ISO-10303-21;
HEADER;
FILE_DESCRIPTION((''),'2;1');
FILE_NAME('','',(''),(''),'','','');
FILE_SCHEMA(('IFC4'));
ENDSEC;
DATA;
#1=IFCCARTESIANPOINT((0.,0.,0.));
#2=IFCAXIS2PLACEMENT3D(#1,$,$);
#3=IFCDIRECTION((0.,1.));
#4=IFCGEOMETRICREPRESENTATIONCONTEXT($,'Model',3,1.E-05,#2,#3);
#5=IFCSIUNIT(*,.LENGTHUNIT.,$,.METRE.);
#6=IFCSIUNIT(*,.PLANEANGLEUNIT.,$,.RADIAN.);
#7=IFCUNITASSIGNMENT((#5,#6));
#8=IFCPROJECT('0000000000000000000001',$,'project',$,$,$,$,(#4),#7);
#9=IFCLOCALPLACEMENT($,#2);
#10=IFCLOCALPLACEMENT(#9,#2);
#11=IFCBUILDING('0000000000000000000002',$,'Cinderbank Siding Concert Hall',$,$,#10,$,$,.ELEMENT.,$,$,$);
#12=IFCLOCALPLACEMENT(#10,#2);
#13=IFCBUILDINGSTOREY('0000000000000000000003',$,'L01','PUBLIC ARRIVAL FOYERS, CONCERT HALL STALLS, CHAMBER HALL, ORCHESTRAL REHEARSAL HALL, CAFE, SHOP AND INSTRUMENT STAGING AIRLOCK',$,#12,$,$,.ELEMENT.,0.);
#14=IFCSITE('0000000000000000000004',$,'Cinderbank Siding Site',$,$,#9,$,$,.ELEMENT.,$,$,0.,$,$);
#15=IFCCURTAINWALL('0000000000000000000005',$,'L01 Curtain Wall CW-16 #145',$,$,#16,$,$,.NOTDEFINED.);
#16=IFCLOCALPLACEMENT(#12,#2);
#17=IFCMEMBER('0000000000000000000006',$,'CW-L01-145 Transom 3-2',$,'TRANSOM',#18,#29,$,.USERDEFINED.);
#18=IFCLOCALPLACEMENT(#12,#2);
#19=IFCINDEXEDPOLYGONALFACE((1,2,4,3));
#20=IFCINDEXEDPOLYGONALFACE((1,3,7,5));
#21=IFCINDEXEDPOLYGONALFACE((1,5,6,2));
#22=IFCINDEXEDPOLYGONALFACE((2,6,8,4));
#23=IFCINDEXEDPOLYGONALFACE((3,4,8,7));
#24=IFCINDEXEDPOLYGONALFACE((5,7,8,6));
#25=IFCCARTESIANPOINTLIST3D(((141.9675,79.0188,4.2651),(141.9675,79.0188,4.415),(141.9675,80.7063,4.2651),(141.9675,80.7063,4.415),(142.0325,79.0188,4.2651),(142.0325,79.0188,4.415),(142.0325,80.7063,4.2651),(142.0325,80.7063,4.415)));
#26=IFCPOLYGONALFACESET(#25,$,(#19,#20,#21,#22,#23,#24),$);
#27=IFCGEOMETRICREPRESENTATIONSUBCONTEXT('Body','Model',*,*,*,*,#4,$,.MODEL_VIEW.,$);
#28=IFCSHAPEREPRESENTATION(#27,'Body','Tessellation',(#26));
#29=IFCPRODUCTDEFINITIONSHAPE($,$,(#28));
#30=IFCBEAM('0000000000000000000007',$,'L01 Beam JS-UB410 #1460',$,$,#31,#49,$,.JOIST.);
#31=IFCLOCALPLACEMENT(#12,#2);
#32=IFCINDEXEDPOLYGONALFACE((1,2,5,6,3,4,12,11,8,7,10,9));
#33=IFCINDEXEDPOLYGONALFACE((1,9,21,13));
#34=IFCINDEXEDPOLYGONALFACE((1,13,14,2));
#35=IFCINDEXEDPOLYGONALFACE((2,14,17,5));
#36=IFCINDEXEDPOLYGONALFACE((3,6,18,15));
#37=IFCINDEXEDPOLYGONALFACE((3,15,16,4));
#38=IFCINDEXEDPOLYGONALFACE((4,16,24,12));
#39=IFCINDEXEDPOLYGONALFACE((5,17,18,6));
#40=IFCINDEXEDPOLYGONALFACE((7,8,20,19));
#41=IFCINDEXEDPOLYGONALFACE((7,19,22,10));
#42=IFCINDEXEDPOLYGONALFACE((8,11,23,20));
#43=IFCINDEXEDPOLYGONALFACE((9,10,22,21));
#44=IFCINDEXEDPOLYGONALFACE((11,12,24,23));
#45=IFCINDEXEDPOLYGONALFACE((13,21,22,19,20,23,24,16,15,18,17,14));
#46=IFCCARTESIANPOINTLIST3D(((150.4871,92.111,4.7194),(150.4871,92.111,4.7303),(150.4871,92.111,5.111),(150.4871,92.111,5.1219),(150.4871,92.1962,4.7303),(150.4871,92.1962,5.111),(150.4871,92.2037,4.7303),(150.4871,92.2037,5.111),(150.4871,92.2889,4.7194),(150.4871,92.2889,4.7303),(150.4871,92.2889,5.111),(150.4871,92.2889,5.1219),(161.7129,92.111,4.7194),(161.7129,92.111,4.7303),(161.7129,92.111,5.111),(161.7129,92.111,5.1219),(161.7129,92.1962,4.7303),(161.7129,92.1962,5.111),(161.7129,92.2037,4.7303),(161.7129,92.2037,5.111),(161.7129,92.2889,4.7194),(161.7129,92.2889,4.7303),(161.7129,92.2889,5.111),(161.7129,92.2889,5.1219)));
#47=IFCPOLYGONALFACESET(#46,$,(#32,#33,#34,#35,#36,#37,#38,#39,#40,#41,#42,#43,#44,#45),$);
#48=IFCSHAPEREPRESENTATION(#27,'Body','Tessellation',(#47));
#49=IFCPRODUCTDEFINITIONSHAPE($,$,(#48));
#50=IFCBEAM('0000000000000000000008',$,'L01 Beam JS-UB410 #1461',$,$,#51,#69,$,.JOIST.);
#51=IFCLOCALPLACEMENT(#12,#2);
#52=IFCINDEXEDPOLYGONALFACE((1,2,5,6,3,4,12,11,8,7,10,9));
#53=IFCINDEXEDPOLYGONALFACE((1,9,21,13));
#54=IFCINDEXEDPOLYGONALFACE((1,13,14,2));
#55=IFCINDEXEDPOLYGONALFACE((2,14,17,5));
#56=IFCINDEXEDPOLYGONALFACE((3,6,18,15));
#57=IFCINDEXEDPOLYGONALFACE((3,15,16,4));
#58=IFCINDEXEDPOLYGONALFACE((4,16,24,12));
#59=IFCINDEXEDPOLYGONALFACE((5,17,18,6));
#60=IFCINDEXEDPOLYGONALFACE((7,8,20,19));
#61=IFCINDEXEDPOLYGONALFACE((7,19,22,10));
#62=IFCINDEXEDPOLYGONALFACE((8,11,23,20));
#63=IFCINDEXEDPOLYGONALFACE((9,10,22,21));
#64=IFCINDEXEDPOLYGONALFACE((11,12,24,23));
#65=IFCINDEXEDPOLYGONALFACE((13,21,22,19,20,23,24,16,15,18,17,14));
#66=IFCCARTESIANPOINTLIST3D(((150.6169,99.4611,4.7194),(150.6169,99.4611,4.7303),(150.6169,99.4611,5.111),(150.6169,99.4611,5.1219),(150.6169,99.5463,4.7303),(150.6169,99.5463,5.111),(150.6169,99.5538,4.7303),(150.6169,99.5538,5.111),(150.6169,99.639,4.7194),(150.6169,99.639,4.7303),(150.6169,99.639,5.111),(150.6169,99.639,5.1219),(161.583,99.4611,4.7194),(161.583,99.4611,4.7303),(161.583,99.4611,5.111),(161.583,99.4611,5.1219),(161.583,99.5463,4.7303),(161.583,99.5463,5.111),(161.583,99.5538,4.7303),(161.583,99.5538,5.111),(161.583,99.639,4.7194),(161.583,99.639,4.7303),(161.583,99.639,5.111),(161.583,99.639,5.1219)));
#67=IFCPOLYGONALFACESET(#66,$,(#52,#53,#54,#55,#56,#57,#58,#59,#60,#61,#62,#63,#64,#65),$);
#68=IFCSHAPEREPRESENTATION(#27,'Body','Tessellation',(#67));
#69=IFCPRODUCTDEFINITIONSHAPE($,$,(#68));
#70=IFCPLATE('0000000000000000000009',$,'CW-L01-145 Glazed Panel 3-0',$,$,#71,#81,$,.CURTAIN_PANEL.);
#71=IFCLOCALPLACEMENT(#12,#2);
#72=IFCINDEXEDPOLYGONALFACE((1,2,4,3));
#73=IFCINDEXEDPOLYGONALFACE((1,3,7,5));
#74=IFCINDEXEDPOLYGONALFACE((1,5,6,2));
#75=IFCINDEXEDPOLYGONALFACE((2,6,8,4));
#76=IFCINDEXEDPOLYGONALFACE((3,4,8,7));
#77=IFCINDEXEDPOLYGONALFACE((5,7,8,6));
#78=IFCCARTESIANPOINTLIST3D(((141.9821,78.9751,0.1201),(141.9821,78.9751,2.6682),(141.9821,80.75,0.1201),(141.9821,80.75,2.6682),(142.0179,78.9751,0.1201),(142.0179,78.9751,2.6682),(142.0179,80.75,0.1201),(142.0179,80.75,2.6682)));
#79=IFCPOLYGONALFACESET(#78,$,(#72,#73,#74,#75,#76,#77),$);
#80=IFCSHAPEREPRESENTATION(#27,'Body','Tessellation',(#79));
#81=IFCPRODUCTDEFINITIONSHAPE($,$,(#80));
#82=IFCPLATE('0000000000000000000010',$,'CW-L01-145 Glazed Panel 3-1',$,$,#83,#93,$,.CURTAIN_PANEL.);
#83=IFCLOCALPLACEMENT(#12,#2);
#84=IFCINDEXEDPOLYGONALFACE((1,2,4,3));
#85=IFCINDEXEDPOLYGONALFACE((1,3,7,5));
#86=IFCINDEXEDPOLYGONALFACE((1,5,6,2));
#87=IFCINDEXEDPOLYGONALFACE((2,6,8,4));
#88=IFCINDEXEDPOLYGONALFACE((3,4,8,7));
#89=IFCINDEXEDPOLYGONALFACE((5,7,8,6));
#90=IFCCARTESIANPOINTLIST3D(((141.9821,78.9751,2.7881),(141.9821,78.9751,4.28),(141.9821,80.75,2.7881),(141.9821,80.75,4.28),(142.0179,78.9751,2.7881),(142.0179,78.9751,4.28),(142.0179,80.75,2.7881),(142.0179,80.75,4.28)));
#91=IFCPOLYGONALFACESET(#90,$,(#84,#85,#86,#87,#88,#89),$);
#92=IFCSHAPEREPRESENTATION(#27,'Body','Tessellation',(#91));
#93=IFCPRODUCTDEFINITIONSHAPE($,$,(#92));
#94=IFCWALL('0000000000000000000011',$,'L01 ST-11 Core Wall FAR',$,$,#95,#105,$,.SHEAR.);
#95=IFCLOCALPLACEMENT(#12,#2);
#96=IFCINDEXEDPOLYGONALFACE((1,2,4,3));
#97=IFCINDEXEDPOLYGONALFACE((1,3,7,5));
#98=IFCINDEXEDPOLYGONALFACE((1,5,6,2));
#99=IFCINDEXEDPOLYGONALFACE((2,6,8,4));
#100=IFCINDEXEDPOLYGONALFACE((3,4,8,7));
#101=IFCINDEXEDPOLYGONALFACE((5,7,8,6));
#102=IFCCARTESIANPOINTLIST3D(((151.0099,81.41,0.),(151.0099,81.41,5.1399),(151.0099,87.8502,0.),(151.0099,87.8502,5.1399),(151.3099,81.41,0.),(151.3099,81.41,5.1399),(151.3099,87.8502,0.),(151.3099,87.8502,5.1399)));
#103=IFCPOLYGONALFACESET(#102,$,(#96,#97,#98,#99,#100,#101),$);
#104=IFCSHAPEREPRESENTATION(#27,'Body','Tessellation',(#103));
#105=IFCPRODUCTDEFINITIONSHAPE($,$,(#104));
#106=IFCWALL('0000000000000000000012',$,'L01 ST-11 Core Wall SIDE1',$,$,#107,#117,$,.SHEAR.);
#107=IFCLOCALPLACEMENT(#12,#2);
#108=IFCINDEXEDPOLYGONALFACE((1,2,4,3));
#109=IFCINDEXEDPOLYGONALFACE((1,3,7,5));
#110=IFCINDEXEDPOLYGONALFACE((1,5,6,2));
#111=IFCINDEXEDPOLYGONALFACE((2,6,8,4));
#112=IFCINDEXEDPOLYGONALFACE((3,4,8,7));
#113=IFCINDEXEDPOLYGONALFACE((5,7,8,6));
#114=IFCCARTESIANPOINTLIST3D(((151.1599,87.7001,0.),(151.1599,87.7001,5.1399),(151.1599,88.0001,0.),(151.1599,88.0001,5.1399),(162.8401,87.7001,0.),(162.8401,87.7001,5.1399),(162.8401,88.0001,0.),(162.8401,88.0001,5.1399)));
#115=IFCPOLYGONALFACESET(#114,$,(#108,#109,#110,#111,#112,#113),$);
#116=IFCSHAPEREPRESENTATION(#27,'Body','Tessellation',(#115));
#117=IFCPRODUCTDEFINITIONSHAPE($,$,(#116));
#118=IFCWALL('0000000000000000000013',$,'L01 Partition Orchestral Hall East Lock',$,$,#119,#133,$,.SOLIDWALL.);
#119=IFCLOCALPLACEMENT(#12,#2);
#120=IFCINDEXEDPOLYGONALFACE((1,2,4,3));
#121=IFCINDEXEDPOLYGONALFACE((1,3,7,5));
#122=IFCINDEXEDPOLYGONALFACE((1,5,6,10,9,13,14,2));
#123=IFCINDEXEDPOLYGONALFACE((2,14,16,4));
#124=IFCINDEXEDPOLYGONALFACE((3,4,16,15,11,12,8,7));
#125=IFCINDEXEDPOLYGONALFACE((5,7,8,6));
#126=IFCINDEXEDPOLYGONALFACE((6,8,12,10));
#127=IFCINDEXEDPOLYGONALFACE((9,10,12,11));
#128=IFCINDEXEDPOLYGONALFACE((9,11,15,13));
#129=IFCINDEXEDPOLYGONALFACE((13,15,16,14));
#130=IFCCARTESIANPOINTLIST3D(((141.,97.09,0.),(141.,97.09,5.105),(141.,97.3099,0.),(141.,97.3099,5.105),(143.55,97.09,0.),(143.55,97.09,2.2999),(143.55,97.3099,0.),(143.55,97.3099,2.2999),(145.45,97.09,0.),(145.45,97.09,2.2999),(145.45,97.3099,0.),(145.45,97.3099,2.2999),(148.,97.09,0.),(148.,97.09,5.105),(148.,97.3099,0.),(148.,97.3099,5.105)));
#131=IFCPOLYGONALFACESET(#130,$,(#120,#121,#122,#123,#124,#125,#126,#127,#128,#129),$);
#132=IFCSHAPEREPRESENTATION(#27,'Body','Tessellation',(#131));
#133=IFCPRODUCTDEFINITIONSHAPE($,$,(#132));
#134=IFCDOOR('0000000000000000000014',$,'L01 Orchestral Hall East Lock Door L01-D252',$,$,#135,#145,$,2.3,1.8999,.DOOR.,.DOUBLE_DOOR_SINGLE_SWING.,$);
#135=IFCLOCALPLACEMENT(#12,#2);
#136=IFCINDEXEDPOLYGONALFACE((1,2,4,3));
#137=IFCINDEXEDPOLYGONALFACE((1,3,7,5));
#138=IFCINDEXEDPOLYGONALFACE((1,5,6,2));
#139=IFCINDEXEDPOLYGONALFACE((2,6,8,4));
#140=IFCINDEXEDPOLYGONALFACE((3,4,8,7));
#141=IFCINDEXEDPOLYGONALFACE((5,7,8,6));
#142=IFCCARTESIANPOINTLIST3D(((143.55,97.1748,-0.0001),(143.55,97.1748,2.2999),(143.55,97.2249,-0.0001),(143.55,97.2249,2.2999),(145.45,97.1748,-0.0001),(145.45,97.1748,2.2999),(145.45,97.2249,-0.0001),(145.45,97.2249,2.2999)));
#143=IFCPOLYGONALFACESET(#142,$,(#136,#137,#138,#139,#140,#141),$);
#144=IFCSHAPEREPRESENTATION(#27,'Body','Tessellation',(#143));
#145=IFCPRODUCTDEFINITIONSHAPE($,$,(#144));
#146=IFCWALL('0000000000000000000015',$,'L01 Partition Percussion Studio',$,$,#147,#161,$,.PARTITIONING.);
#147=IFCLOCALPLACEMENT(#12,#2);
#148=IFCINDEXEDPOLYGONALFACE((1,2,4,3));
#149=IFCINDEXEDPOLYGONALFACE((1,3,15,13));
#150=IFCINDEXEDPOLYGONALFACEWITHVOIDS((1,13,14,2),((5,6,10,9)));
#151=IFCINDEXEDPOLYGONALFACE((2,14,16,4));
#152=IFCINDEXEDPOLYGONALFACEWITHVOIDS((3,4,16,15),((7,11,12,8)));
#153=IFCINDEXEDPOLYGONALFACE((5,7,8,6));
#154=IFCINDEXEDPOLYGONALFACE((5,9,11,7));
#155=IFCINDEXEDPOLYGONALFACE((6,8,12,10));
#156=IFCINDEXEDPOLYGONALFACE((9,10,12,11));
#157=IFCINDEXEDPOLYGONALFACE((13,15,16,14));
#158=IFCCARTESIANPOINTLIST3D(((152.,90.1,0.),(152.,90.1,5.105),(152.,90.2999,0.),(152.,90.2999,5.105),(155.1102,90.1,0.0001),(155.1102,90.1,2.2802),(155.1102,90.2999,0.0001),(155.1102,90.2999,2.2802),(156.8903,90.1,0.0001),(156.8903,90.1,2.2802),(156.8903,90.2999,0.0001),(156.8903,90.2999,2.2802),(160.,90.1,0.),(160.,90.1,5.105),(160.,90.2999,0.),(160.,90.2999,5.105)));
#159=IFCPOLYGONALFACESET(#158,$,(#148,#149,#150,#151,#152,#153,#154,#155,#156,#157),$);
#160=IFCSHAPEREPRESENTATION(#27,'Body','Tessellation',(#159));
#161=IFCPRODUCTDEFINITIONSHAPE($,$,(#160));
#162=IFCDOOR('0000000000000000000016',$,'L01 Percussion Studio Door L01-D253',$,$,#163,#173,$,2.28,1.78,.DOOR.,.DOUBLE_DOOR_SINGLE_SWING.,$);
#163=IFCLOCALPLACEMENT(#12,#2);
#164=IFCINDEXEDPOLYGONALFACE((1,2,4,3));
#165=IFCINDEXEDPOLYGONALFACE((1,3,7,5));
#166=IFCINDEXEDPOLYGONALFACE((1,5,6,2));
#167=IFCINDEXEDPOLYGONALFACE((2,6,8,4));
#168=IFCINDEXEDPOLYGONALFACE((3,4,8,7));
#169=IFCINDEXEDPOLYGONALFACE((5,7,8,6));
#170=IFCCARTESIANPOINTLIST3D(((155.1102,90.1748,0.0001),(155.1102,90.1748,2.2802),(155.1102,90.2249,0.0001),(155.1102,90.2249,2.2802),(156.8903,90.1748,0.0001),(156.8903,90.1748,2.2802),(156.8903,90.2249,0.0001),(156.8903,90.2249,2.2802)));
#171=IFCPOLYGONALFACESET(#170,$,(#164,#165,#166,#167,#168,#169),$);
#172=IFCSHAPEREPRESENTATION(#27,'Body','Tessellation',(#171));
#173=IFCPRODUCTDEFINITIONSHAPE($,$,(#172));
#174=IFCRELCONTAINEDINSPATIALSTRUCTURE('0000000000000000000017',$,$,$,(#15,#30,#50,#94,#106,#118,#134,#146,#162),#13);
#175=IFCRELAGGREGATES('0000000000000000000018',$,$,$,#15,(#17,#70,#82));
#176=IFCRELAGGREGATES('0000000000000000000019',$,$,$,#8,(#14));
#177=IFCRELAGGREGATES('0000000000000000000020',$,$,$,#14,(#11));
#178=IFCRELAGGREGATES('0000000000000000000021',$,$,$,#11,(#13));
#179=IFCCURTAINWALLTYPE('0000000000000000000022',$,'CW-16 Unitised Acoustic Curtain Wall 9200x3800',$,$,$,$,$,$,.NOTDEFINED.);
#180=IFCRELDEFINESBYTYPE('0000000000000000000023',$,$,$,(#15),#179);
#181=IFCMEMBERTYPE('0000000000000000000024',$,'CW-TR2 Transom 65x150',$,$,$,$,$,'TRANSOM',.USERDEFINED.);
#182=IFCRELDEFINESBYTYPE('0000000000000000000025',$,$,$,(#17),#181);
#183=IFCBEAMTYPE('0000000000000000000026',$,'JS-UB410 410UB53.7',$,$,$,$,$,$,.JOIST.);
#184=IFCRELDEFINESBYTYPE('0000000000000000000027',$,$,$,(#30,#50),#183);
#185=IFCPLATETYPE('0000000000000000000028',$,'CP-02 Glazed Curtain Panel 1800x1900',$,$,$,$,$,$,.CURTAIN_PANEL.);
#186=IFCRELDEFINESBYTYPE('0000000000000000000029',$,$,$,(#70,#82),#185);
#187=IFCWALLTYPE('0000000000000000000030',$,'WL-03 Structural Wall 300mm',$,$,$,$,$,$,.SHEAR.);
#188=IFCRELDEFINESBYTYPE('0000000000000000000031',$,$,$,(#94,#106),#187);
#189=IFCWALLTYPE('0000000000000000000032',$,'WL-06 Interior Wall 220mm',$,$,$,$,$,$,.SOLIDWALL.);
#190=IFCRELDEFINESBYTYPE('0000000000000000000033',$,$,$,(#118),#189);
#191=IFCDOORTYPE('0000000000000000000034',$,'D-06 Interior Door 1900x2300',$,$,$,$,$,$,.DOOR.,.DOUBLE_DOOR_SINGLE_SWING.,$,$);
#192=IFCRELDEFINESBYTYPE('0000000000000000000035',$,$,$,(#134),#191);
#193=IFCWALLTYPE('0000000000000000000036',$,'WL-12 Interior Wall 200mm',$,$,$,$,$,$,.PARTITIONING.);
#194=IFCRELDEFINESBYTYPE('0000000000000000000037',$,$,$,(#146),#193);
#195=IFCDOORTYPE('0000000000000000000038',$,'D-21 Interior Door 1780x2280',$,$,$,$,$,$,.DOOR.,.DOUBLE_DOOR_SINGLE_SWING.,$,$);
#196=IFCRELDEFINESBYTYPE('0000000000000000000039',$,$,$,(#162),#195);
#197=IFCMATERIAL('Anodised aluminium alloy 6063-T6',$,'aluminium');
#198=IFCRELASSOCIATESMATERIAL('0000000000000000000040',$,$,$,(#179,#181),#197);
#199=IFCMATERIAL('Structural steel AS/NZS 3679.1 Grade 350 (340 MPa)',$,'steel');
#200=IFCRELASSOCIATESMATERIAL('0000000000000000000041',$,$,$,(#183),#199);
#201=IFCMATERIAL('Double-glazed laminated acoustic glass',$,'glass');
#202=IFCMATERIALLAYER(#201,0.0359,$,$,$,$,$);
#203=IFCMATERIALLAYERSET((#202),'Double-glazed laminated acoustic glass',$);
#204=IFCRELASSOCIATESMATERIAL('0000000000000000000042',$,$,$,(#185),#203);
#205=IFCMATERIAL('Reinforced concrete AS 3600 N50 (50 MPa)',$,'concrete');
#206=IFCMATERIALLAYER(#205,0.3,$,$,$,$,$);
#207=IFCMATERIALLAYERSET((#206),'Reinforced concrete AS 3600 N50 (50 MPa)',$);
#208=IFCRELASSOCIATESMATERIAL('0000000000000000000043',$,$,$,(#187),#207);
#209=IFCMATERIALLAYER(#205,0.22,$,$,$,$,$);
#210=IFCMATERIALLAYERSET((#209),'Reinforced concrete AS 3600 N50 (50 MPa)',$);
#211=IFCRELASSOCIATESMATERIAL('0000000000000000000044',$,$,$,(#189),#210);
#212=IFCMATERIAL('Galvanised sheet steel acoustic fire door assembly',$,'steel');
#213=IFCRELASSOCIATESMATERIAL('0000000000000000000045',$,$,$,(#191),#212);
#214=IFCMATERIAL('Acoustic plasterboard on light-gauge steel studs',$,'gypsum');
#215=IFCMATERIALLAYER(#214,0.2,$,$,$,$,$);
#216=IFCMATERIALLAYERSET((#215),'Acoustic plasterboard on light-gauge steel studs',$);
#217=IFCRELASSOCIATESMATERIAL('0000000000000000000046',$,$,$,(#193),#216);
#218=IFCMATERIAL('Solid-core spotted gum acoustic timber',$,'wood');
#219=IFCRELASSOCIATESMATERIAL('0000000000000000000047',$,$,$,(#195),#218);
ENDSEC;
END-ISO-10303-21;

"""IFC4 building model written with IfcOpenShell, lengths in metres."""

from ifc_helpers import new_model, si_unit, direction, frame, frame_2d, origin, origin_2d, place, context, subcontext, project, spatial, rectangle, i_section, extrude, material, layer, layer_set, material_profile, profile_set, type_object, element, fill, aggregate, save


model = new_model("IFC4")

# Units and contexts
model_context = context("Model", 3, precision=1e-05, world=origin(), true_north=direction((0.0, 1.0)))
body_context = subcontext(model_context, "Body", "Model", "MODEL_VIEW")
ifc_project = project(units=[si_unit("LENGTHUNIT", "METRE"), si_unit("PLANEANGLEUNIT", "RADIAN")], contexts=[model_context])

# Site, building, storey
site_placement = place(None, origin())
site = spatial("IfcSite", under=ifc_project, at=site_placement, Name="Cinderbank Siding Site", CompositionType="ELEMENT", RefElevation=0.0)
building_placement = place(site_placement, origin())
building = spatial("IfcBuilding", under=site, at=building_placement, Name="Cinderbank Siding Concert Hall", CompositionType="ELEMENT")
storey_placement = place(building_placement, origin())
storey = spatial("IfcBuildingStorey", under=building, at=storey_placement, Name="L01", Description="PUBLIC ARRIVAL FOYERS, CONCERT HALL STALLS, CHAMBER HALL, ORCHESTRAL REHEARSAL HALL, CAFE, SHOP AND INSTRUMENT STAGING AIRLOCK", CompositionType="ELEMENT", Elevation=0.0)

# Shared definitions
ifc_material_1 = material(Name="Reinforced concrete AS 3600 N50 (50 MPa)", Category="concrete")

# Shared definitions
ifc_material_2 = material(Name="Structural steel AS/NZS 3679.1 Grade 350 (340 MPa)", Category="steel")

# Curtain wall, member
ifc_material_3 = material(Name="Anodised aluminium alloy 6063-T6", Category="aluminium")
curtain_wall_type = type_object("IfcCurtainWallType", Name="CW-16 Unitised Acoustic Curtain Wall 9200x3800", PredefinedType="NOTDEFINED", material=ifc_material_3)
curtain_wall_placement = place(storey_placement, origin())
curtain_wall = element("IfcCurtainWall", 1, at=curtain_wall_placement, inside=storey, type_object=curtain_wall_type, Name="L01 Curtain Wall CW-16 #145", PredefinedType="NOTDEFINED")
ifc_material_profile_1 = material_profile(ifc_material_3, rectangle(XDim=0.0649, YDim=0.1499, at=origin_2d()), Name="ALU-TRAN-65x150", Category="LoadBearing")
ifc_profile_set_1 = profile_set([ifc_material_profile_1], Name="Anodised aluminium alloy 6063-T6")
member_type_1 = type_object("IfcMemberType", Name="CW-TR2 Transom 65x150", ElementType="TRANSOM", PredefinedType="USERDEFINED", material=ifc_profile_set_1)
member_1_placement = place(storey_placement, frame((142.0, 79.0188, 4.3401), z_axis=(0.0, 1.0, 0.0), x_axis=(-1.0, 0.0, 0.0)))
member_1 = element("IfcMember", 2, at=member_1_placement, type_object=member_type_1, Name="CW-L01-145 Transom 3-2", ObjectType="TRANSOM", PredefinedType="USERDEFINED", context=body_context, shape_type="SweptSolid", body=[
    extrude(rectangle(XDim=0.0649, YDim=0.1499, at=origin_2d()), origin(), (0.0, 0.0, 1.0), 1.6875),
])

# Beams
ifc_material_profile_2 = material_profile(ifc_material_2, i_section(OverallWidth=0.178, OverallDepth=0.4026, WebThickness=0.0076, FlangeThickness=0.011, at=origin_2d()), Name="410UB53.7", Category="LoadBearing")
ifc_profile_set_2 = profile_set([ifc_material_profile_2], Name="Structural steel AS/NZS 3679.1 Grade 350 (340 MPa)")
beam_type_1 = type_object("IfcBeamType", Name="JS-UB410 410UB53.7", PredefinedType="JOIST", material=ifc_profile_set_2)
beam_1_placement = place(storey_placement, frame((150.4871, 92.2, 4.9207), z_axis=(1.0, 0.0, 0.0), x_axis=(0.0, 1.0, 0.0)))
element("IfcBeam", 3, at=beam_1_placement, inside=storey, type_object=beam_type_1, Name="L01 Beam JS-UB410 #1460", PredefinedType="JOIST", context=body_context, shape_type="SweptSolid", body=[
    extrude(i_section(OverallWidth=0.178, OverallDepth=0.4026, WebThickness=0.0076, FlangeThickness=0.011, at=origin_2d()), origin(), (0.0, 0.0, 1.0), 11.2258),
])
beam_2_placement = place(storey_placement, frame((150.6169, 99.55, 4.9207), z_axis=(1.0, 0.0, 0.0), x_axis=(0.0, 1.0, 0.0)))
element("IfcBeam", 4, at=beam_2_placement, inside=storey, type_object=beam_type_1, Name="L01 Beam JS-UB410 #1461", PredefinedType="JOIST", context=body_context, shape_type="SweptSolid", body=[
    extrude(i_section(OverallWidth=0.178, OverallDepth=0.4026, WebThickness=0.0076, FlangeThickness=0.011, at=origin_2d()), origin(), (0.0, 0.0, 1.0), 10.9661),
])

# Plates
ifc_material_4 = material(Name="Double-glazed laminated acoustic glass", Category="glass")
ifc_layer_1 = layer(ifc_material_4, 0.0359)
ifc_layer_set_1 = layer_set([ifc_layer_1], Name="Double-glazed laminated acoustic glass")
plate_type = type_object("IfcPlateType", Name="CP-02 Glazed Curtain Panel 1800x1900", PredefinedType="CURTAIN_PANEL", material=ifc_layer_set_1)
plate_1_placement = place(storey_placement, frame((142.0, 79.8625, 0.1201), z_axis=(0.0, 0.0, 1.0), x_axis=(0.0, 1.0, 0.0)))
plate_1 = element("IfcPlate", 5, at=plate_1_placement, type_object=plate_type, Name="CW-L01-145 Glazed Panel 3-0", PredefinedType="CURTAIN_PANEL", context=body_context, shape_type="SweptSolid", body=[
    extrude(rectangle(XDim=1.7749, YDim=0.0359, at=origin_2d()), origin(), (0.0, 0.0, 1.0), 2.5481),
])
plate_2_placement = place(storey_placement, frame((142.0, 79.8625, 2.7881), z_axis=(0.0, 0.0, 1.0), x_axis=(0.0, 1.0, 0.0)))
plate_2 = element("IfcPlate", 6, at=plate_2_placement, type_object=plate_type, Name="CW-L01-145 Glazed Panel 3-1", PredefinedType="CURTAIN_PANEL", context=body_context, shape_type="SweptSolid", body=[
    extrude(rectangle(XDim=1.7749, YDim=0.0359, at=origin_2d()), origin(), (0.0, 0.0, 1.0), 1.4919),
])
aggregate(curtain_wall, [member_1, plate_1, plate_2])

# Walls
ifc_layer_2 = layer(ifc_material_1, 0.3)
ifc_layer_set_2 = layer_set([ifc_layer_2], Name="Reinforced concrete AS 3600 N50 (50 MPa)")
wall_type_1 = type_object("IfcWallType", Name="WL-03 Structural Wall 300mm", PredefinedType="SHEAR", material=ifc_layer_set_2)
wall_1_placement = place(storey_placement, frame((151.1599, 81.4099, 0.0), z_axis=(0.0, 0.0, 1.0), x_axis=(0.0, 1.0, 0.0)))
element("IfcWall", 7, at=wall_1_placement, inside=storey, type_object=wall_type_1, Name="L01 ST-11 Core Wall FAR", PredefinedType="SHEAR", context=body_context, shape_type="SweptSolid", body=[
    extrude(rectangle(XDim=6.4402, YDim=0.3, at=frame_2d((3.2202, 0.0))), origin(), (0.0, 0.0, 1.0), 5.1399),
])
wall_2_placement = place(storey_placement, frame((151.1599, 87.8501, 0.0), z_axis=(0.0, 0.0, 1.0), x_axis=(1.0, 0.0, 0.0)))
element("IfcWall", 8, at=wall_2_placement, inside=storey, type_object=wall_type_1, Name="L01 ST-11 Core Wall SIDE1", PredefinedType="SHEAR", context=body_context, shape_type="SweptSolid", body=[
    extrude(rectangle(XDim=11.6802, YDim=0.3, at=frame_2d((5.8401, 0.0))), origin(), (0.0, 0.0, 1.0), 5.1399),
])

# Walls, openings, doors
ifc_layer_3 = layer(ifc_material_1, 0.22)
ifc_layer_set_3 = layer_set([ifc_layer_3], Name="Reinforced concrete AS 3600 N50 (50 MPa)")
wall_type_2 = type_object("IfcWallType", Name="WL-06 Interior Wall 220mm", PredefinedType="SOLIDWALL", material=ifc_layer_set_3)
wall_3_placement = place(storey_placement, frame((141.0, 97.2, 0.0), z_axis=(0.0, 0.0, 1.0), x_axis=(1.0, 0.0, 0.0)))
wall_3 = element("IfcWall", 9, at=wall_3_placement, inside=storey, type_object=wall_type_2, Name="L01 Partition Orchestral Hall East Lock", PredefinedType="SOLIDWALL", context=body_context, shape_type="SweptSolid", body=[
    extrude(rectangle(XDim=7.0, YDim=0.22, at=frame_2d((3.5, 0.0))), origin(), (0.0, 0.0, 1.0), 5.105),
])
opening_1_placement = place(wall_3_placement, frame((2.55, 0.0, 0.0)))
opening_1 = element("IfcOpeningElement", 10, at=opening_1_placement, cuts=wall_3, PredefinedType="OPENING", context=body_context, shape_type="SweptSolid", body=[
    extrude(rectangle(XDim=1.8999, YDim=2.3, at=frame_2d((0.95, 1.1499))), frame((0.0, 0.1221, 0.0), z_axis=(0.0, -1.0, 0.0), x_axis=(1.0, 0.0, 0.0)), (0.0, 0.0, 1.0), 0.2439),
])
ifc_material_5 = material(Name="Galvanised sheet steel acoustic fire door assembly", Category="steel")
door_type_1 = type_object("IfcDoorType", Name="D-06 Interior Door 1900x2300", OperationType="DOUBLE_DOOR_SINGLE_SWING", PredefinedType="DOOR", material=ifc_material_5)
door_1_placement = place(opening_1_placement, origin())
door_1 = element("IfcDoor", 11, at=door_1_placement, inside=storey, type_object=door_type_1, Name="L01 Orchestral Hall East Lock Door L01-D252", OperationType="DOUBLE_DOOR_SINGLE_SWING", OverallHeight=2.3, OverallWidth=1.8999, PredefinedType="DOOR", context=body_context, shape_type="SweptSolid", body=[
    extrude(rectangle(XDim=1.8999, YDim=2.3, at=frame_2d((0.95, 1.1499))), frame((0.0, 0.0249, 0.0), z_axis=(0.0, -1.0, 0.0), x_axis=(1.0, 0.0, 0.0)), (0.0, 0.0, 1.0), 0.05),
])
fill(opening_1, door_1)
ifc_material_6 = material(Name="Acoustic plasterboard on light-gauge steel studs", Category="gypsum")
ifc_layer_4 = layer(ifc_material_6, 0.2)
ifc_layer_set_4 = layer_set([ifc_layer_4], Name="Acoustic plasterboard on light-gauge steel studs")
wall_type_3 = type_object("IfcWallType", Name="WL-12 Interior Wall 200mm", PredefinedType="PARTITIONING", material=ifc_layer_set_4)
wall_4_placement = place(storey_placement, frame((152.0, 90.2, 0.0), z_axis=(0.0, 0.0, 1.0), x_axis=(1.0, 0.0, 0.0)))
wall_4 = element("IfcWall", 12, at=wall_4_placement, inside=storey, type_object=wall_type_3, Name="L01 Partition Percussion Studio", PredefinedType="PARTITIONING", context=body_context, shape_type="SweptSolid", body=[
    extrude(rectangle(XDim=8.0, YDim=0.2, at=frame_2d((4.0, 0.0))), origin(), (0.0, 0.0, 1.0), 5.105),
])
opening_2_placement = place(wall_4_placement, frame((3.1101, 0.0, 0.0)))
opening_2 = element("IfcOpeningElement", 13, at=opening_2_placement, cuts=wall_4, PredefinedType="OPENING", context=body_context, shape_type="SweptSolid", body=[
    extrude(rectangle(XDim=1.78, YDim=2.28, at=frame_2d((0.8901, 1.1401))), frame((0.0, 0.1118, 0.0), z_axis=(0.0, -1.0, 0.0), x_axis=(1.0, 0.0, 0.0)), (0.0, 0.0, 1.0), 0.2239),
])
ifc_material_7 = material(Name="Solid-core spotted gum acoustic timber", Category="wood")
door_type_2 = type_object("IfcDoorType", Name="D-21 Interior Door 1780x2280", OperationType="DOUBLE_DOOR_SINGLE_SWING", PredefinedType="DOOR", material=ifc_material_7)
door_2_placement = place(opening_2_placement, origin())
door_2 = element("IfcDoor", 14, at=door_2_placement, inside=storey, type_object=door_type_2, Name="L01 Percussion Studio Door L01-D253", OperationType="DOUBLE_DOOR_SINGLE_SWING", OverallHeight=2.28, OverallWidth=1.78, PredefinedType="DOOR", context=body_context, shape_type="SweptSolid", body=[
    extrude(rectangle(XDim=1.78, YDim=2.28, at=frame_2d((0.8901, 1.1401))), frame((0.0, 0.0249, 0.0), z_axis=(0.0, -1.0, 0.0), x_axis=(1.0, 0.0, 0.0)), (0.0, 0.0, 1.0), 0.05),
])
fill(opening_2, door_2)

save(model, "model.ifc")
